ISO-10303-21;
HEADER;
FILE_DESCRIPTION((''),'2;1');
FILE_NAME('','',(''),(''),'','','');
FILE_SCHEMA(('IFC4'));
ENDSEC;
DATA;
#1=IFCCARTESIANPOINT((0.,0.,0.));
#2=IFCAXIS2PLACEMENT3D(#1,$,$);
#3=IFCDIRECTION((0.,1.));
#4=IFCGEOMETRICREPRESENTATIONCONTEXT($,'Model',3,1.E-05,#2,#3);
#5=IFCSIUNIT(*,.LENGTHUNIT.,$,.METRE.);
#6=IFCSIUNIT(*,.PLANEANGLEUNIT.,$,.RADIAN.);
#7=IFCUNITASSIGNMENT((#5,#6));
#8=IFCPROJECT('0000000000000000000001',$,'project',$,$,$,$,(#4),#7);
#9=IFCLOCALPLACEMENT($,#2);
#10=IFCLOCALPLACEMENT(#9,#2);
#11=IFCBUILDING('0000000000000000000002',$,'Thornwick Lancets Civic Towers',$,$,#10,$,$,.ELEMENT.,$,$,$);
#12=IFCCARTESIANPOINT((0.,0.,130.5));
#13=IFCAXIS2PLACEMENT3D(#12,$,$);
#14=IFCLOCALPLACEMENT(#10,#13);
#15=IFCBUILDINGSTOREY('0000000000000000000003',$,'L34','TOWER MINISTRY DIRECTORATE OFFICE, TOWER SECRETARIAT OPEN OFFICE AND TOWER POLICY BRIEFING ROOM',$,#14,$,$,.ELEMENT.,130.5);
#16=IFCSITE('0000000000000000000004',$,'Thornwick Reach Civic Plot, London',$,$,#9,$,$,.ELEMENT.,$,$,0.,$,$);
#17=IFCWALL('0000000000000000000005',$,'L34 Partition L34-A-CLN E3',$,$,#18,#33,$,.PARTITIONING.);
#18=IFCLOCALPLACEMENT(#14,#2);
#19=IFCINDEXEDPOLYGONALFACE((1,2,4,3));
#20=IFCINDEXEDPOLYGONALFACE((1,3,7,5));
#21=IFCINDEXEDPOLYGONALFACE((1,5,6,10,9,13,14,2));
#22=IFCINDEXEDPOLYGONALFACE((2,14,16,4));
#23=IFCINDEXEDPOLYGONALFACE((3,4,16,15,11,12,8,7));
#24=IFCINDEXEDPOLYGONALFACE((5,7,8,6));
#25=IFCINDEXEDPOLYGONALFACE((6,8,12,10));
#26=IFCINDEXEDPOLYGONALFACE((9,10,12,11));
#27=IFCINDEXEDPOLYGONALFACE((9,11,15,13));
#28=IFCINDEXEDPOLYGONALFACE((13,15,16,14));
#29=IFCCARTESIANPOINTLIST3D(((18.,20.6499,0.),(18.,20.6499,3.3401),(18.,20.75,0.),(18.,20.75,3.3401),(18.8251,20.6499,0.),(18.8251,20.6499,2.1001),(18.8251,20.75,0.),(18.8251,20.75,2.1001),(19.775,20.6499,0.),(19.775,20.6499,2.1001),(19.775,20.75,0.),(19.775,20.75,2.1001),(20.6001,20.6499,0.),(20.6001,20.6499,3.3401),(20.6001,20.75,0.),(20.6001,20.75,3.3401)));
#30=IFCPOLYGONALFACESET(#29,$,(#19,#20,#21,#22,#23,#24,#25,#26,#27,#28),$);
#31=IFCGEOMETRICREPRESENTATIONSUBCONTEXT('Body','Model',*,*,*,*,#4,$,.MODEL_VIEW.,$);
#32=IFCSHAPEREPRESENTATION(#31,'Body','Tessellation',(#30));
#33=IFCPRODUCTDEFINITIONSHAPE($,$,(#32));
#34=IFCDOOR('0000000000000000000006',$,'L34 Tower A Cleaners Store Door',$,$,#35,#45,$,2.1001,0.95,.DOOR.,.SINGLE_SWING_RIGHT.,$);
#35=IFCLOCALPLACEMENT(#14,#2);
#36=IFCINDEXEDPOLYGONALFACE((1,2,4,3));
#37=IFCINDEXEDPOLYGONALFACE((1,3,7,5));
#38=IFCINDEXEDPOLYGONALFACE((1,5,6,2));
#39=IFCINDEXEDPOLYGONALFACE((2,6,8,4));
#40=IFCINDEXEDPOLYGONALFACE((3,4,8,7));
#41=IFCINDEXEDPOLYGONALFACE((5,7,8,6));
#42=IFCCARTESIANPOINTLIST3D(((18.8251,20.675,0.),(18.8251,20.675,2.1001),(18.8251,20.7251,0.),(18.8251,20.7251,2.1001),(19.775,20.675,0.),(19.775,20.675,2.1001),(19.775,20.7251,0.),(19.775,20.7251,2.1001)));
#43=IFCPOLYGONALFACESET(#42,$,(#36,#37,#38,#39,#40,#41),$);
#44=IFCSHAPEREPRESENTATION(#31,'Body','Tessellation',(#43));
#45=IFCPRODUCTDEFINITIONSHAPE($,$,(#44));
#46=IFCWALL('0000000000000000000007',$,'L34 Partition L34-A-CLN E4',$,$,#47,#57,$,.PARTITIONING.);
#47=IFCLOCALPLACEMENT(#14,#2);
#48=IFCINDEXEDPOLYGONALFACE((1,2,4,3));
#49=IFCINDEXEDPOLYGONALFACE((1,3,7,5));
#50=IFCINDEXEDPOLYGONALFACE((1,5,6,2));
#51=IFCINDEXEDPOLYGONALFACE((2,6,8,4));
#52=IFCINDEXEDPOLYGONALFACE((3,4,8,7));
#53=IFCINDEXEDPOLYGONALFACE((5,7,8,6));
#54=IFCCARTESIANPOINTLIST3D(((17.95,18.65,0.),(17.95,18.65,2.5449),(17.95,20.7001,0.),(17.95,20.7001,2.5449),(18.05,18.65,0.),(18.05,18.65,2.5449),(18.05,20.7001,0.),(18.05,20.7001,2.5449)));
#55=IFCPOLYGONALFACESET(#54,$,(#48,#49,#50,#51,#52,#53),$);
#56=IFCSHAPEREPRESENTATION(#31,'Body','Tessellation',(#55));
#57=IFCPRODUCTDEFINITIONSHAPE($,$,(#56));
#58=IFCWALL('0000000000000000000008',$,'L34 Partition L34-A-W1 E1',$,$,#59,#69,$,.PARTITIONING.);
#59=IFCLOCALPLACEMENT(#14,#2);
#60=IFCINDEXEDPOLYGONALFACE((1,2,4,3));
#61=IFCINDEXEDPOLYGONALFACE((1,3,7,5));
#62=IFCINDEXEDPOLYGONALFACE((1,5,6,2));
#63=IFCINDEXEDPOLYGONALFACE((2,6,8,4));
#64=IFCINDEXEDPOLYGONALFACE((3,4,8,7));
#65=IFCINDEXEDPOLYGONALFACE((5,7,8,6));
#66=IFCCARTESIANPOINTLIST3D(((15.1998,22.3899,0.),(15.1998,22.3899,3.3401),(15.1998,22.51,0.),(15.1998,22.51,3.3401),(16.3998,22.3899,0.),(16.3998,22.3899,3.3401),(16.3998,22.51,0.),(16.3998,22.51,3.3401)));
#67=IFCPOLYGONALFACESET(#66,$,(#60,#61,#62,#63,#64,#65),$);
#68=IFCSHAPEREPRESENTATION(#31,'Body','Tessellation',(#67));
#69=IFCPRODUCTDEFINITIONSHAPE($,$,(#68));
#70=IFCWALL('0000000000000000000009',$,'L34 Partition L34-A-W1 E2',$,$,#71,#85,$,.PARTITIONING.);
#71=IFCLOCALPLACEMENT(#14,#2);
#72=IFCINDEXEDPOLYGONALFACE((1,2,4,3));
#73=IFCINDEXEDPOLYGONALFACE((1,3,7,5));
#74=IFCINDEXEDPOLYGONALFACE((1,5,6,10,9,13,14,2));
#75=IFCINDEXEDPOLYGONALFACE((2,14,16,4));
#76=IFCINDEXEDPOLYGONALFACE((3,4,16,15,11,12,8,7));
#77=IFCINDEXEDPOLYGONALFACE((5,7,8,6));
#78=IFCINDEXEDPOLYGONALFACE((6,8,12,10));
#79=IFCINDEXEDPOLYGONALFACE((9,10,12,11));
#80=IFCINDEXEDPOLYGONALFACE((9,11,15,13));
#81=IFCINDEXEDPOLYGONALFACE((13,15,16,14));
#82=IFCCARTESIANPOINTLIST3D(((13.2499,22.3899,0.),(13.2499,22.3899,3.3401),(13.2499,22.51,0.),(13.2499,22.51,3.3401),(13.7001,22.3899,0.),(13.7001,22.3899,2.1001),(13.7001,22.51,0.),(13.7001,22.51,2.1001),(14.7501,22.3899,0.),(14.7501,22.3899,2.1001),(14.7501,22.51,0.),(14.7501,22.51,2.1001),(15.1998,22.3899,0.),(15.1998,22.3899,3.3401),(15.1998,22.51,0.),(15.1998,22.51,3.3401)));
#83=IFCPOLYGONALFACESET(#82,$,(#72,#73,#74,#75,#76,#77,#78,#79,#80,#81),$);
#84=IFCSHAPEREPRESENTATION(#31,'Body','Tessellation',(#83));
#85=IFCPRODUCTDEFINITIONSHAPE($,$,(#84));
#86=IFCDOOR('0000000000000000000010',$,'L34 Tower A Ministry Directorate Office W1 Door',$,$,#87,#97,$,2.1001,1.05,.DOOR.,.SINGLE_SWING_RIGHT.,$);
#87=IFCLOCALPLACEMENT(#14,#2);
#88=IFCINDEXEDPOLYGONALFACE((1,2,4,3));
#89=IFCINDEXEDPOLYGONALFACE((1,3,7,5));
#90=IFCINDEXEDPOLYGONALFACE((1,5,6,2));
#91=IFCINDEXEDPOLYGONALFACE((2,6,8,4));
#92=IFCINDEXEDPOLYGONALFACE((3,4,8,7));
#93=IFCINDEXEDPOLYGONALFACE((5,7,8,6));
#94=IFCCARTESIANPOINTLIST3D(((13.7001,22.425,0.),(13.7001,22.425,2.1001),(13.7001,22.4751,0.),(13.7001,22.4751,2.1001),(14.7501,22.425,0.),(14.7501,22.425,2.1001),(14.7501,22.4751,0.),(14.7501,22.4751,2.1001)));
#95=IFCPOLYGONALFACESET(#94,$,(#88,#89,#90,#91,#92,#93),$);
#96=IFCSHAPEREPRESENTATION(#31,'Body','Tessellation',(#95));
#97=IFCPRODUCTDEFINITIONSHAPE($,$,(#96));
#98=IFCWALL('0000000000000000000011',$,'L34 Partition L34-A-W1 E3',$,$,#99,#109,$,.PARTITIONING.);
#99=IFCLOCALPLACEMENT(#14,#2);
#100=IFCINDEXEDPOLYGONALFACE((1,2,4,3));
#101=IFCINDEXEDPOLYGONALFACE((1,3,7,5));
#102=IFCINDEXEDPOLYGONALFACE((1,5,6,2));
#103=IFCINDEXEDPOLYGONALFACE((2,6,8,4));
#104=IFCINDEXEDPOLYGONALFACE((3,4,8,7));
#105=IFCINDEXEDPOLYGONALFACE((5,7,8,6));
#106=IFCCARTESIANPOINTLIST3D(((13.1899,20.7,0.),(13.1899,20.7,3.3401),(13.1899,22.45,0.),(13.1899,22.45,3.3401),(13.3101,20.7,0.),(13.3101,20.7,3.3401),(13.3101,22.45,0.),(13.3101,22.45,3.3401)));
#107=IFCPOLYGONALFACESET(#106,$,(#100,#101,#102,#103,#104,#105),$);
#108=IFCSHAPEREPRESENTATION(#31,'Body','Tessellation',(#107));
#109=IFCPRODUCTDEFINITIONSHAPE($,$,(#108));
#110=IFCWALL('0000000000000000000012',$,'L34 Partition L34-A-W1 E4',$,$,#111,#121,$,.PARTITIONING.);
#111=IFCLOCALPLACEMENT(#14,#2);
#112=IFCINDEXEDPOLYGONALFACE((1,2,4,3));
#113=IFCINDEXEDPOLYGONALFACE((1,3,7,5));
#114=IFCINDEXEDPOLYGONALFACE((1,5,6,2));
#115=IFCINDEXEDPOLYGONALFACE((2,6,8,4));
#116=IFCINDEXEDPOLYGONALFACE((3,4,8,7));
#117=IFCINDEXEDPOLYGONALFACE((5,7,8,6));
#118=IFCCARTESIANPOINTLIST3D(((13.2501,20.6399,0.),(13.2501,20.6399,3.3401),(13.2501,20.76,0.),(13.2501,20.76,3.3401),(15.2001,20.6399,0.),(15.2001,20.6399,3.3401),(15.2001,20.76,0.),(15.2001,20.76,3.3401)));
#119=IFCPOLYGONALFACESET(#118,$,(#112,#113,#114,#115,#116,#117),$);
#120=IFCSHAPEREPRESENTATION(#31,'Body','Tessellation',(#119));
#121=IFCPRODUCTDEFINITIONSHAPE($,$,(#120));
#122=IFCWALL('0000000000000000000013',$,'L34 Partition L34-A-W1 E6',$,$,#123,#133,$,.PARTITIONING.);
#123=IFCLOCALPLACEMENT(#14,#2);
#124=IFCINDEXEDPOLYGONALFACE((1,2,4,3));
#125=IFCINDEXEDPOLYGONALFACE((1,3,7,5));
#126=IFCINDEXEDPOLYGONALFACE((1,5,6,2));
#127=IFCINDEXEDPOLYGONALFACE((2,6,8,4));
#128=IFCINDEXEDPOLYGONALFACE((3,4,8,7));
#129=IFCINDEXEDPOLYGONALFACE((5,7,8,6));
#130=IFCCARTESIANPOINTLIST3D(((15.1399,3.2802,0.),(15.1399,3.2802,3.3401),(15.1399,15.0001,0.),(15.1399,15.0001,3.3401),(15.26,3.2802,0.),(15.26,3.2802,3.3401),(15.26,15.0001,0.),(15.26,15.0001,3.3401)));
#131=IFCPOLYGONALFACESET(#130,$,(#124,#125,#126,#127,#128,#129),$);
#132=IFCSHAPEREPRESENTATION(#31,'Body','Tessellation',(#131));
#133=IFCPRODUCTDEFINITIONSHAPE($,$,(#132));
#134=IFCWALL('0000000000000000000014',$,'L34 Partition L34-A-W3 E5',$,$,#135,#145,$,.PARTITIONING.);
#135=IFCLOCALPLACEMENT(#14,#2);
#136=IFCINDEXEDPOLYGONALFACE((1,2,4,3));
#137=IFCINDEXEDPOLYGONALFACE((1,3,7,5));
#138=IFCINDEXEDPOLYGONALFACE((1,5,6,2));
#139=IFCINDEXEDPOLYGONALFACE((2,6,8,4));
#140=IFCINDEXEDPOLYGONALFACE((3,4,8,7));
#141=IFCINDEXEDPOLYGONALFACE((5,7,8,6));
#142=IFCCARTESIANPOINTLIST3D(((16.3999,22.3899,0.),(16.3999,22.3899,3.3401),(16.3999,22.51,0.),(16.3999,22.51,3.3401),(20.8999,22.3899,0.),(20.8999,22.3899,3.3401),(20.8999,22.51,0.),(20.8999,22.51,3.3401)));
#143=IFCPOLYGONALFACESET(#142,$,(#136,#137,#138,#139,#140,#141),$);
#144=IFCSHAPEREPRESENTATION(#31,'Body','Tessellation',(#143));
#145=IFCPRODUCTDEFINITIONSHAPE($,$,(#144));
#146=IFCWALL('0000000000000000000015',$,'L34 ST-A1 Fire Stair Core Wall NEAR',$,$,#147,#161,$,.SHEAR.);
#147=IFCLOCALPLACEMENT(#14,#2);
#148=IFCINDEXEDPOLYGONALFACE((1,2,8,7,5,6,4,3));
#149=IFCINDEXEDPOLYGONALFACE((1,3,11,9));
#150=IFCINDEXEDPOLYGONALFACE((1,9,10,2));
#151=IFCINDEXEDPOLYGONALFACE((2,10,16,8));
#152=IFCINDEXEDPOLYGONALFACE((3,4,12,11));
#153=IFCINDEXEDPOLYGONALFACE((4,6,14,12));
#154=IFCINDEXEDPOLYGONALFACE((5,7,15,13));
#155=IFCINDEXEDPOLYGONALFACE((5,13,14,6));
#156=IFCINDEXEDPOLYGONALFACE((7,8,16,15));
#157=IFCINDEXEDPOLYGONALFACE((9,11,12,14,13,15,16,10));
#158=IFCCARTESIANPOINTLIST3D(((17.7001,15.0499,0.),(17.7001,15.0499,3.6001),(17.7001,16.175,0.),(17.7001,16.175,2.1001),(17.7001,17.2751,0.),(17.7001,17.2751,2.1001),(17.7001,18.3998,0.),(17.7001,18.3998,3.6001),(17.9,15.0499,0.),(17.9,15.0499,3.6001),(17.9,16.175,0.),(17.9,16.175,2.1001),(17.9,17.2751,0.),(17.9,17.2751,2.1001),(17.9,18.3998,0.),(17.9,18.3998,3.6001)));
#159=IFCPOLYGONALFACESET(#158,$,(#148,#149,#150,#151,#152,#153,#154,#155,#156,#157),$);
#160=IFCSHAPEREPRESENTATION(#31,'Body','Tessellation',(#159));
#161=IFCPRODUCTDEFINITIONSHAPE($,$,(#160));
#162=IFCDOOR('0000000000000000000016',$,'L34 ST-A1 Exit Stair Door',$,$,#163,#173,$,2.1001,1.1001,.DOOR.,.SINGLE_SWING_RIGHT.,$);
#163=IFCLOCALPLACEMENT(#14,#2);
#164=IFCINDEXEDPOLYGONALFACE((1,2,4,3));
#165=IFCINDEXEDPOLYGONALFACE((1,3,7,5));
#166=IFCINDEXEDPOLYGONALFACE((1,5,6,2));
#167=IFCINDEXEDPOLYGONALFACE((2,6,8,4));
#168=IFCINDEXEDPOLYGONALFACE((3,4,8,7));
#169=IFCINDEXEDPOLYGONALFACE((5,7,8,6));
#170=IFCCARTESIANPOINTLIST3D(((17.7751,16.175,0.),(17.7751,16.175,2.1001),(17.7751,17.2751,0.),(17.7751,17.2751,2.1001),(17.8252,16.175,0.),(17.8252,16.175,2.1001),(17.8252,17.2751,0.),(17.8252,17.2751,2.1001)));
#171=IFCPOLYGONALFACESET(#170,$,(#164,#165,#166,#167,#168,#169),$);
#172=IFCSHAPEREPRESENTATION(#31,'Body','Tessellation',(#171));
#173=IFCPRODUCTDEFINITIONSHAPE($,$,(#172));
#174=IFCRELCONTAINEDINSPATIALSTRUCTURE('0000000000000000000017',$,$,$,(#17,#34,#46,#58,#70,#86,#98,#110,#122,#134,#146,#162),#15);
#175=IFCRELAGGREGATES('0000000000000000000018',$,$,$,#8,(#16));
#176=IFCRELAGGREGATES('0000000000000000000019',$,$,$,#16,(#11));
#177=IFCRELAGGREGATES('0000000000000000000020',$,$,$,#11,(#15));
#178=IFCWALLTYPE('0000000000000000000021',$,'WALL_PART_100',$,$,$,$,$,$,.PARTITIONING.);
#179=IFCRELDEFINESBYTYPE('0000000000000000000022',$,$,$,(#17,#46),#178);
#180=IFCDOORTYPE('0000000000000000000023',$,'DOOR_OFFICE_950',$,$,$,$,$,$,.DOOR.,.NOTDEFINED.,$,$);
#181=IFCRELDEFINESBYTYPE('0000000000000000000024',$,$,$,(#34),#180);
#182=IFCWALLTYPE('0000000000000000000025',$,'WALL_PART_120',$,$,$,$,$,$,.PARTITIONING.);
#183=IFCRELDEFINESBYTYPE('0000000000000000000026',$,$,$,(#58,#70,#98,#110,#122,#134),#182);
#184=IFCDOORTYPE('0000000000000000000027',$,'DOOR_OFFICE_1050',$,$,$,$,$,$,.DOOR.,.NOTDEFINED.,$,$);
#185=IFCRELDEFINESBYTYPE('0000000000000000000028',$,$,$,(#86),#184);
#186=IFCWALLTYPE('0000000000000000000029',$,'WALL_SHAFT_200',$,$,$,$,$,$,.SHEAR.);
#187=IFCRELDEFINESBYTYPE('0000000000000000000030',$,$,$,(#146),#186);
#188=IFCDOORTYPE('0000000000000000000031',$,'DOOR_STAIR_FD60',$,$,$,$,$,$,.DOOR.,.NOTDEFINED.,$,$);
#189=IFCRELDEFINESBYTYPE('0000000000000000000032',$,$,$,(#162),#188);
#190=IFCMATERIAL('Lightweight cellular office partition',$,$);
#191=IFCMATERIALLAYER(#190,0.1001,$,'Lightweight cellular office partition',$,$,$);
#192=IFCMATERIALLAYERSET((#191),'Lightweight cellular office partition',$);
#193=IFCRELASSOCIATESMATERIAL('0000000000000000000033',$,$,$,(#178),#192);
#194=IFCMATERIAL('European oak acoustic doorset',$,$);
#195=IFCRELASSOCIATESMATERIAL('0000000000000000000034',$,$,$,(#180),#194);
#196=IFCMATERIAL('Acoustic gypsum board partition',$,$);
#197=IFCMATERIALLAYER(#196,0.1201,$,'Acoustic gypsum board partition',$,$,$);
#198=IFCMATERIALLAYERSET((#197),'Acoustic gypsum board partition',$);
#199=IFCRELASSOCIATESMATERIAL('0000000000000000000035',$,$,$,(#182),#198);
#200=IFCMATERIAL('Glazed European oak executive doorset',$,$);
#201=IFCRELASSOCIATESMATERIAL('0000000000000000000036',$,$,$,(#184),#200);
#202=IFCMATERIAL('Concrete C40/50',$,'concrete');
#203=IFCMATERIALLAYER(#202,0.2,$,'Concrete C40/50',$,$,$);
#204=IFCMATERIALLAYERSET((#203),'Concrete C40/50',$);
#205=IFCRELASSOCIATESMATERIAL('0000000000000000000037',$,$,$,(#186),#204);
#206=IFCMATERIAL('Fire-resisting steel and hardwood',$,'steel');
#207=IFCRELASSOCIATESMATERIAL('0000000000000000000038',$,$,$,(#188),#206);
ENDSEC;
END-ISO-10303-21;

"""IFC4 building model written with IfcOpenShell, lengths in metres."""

from ifc_helpers import new_model, si_unit, direction, frame, frame_2d, origin, place, context, subcontext, project, spatial, rectangle, extrude, material, layer, layer_set, type_object, element, fill, save


model = new_model("IFC4")

# Units and contexts
model_context = context("Model", 3, precision=1e-05, world=origin(), true_north=direction((0.0, 1.0)))
body_context = subcontext(model_context, "Body", "Model", "MODEL_VIEW")
ifc_project = project(units=[si_unit("LENGTHUNIT", "METRE"), si_unit("PLANEANGLEUNIT", "RADIAN")], contexts=[model_context])

# Site, building, storey
site_placement = place(None, origin())
site = spatial("IfcSite", under=ifc_project, at=site_placement, Name="Thornwick Reach Civic Plot, London", CompositionType="ELEMENT", RefElevation=0.0)
building_placement = place(site_placement, origin())
building = spatial("IfcBuilding", under=site, at=building_placement, Name="Thornwick Lancets Civic Towers", CompositionType="ELEMENT")
storey_placement = place(building_placement, frame((0.0, 0.0, 130.5)))
storey = spatial("IfcBuildingStorey", under=building, at=storey_placement, Name="L34", Description="TOWER MINISTRY DIRECTORATE OFFICE, TOWER SECRETARIAT OPEN OFFICE AND TOWER POLICY BRIEFING ROOM", CompositionType="ELEMENT", Elevation=130.5)

# Shared definitions
ifc_material_1 = material(Name="Lightweight cellular office partition")
ifc_layer_1 = layer(ifc_material_1, 0.1001, Name="Lightweight cellular office partition")
ifc_layer_set_1 = layer_set([ifc_layer_1], Name="Lightweight cellular office partition")
wall_type_1 = type_object("IfcWallType", Name="WALL_PART_100", PredefinedType="PARTITIONING", material=ifc_layer_set_1)

# Wall, opening, door
wall_1_placement = place(storey_placement, frame((20.6001, 20.7, 0.0), z_axis=(0.0, 0.0, 1.0), x_axis=(-1.0, 0.0, 0.0)))
wall_1 = element("IfcWall", 1, at=wall_1_placement, inside=storey, type_object=wall_type_1, Name="L34 Partition L34-A-CLN E3", PredefinedType="PARTITIONING", context=body_context, shape_type="SweptSolid", body=[
    extrude(rectangle(XDim=2.6001, YDim=0.1001, at=frame_2d((1.3, 0.0))), origin(), (0.0, 0.0, 1.0), 3.3401),
])
opening_1_placement = place(wall_1_placement, frame((0.825, 0.0, 0.0)))
opening_1 = element("IfcOpeningElement", 2, at=opening_1_placement, cuts=wall_1, PredefinedType="OPENING", context=body_context, shape_type="SweptSolid", body=[
    extrude(rectangle(XDim=0.95, YDim=2.1001, at=frame_2d((0.4751, 1.05))), frame((0.0, 0.0601, 0.0), z_axis=(0.0, -1.0, 0.0), x_axis=(1.0, 0.0, 0.0)), (0.0, 0.0, 1.0), 0.1201),
])
ifc_material_2 = material(Name="European oak acoustic doorset")
door_type_1 = type_object("IfcDoorType", Name="DOOR_OFFICE_950", OperationType="NOTDEFINED", PredefinedType="DOOR", material=ifc_material_2)
door_1_placement = place(opening_1_placement, origin())
door_1 = element("IfcDoor", 3, at=door_1_placement, inside=storey, type_object=door_type_1, Name="L34 Tower A Cleaners Store Door", OperationType="SINGLE_SWING_RIGHT", OverallHeight=2.1001, OverallWidth=0.95, PredefinedType="DOOR", context=body_context, shape_type="SweptSolid", body=[
    extrude(rectangle(XDim=0.95, YDim=2.1001, at=frame_2d((0.4751, 1.05))), frame((0.0, 0.0249, 0.0), z_axis=(0.0, -1.0, 0.0), x_axis=(1.0, 0.0, 0.0)), (0.0, 0.0, 1.0), 0.05),
])
fill(opening_1, door_1)

# Walls
wall_2_placement = place(storey_placement, frame((18.0, 20.7, 0.0), z_axis=(0.0, 0.0, 1.0), x_axis=(0.0, -1.0, 0.0)))
element("IfcWall", 4, at=wall_2_placement, inside=storey, type_object=wall_type_1, Name="L34 Partition L34-A-CLN E4", PredefinedType="PARTITIONING", context=body_context, shape_type="SweptSolid", body=[
    extrude(rectangle(XDim=2.05, YDim=0.1001, at=frame_2d((1.0249, 0.0))), origin(), (0.0, 0.0, 1.0), 2.5449),
])
ifc_material_3 = material(Name="Acoustic gypsum board partition")
ifc_layer_2 = layer(ifc_material_3, 0.1201, Name="Acoustic gypsum board partition")
ifc_layer_set_2 = layer_set([ifc_layer_2], Name="Acoustic gypsum board partition")
wall_type_2 = type_object("IfcWallType", Name="WALL_PART_120", PredefinedType="PARTITIONING", material=ifc_layer_set_2)
wall_3_placement = place(storey_placement, frame((16.3999, 22.45, 0.0), z_axis=(0.0, 0.0, 1.0), x_axis=(-1.0, 0.0, 0.0)))
element("IfcWall", 5, at=wall_3_placement, inside=storey, type_object=wall_type_2, Name="L34 Partition L34-A-W1 E1", PredefinedType="PARTITIONING", context=body_context, shape_type="SweptSolid", body=[
    extrude(rectangle(XDim=1.2, YDim=0.1201, at=frame_2d((0.6001, 0.0))), origin(), (0.0, 0.0, 1.0), 3.3401),
])

# Wall, opening, door
wall_4_placement = place(storey_placement, frame((15.2, 22.45, 0.0), z_axis=(0.0, 0.0, 1.0), x_axis=(-1.0, 0.0, 0.0)))
wall_4 = element("IfcWall", 6, at=wall_4_placement, inside=storey, type_object=wall_type_2, Name="L34 Partition L34-A-W1 E2", PredefinedType="PARTITIONING", context=body_context, shape_type="SweptSolid", body=[
    extrude(rectangle(XDim=1.95, YDim=0.1201, at=frame_2d((0.9751, 0.0))), origin(), (0.0, 0.0, 1.0), 3.3401),
])
opening_2_placement = place(wall_4_placement, frame((0.45, 0.0, 0.0)))
opening_2 = element("IfcOpeningElement", 7, at=opening_2_placement, cuts=wall_4, PredefinedType="OPENING", context=body_context, shape_type="SweptSolid", body=[
    extrude(rectangle(XDim=1.05, YDim=2.1001, at=frame_2d((0.5249, 1.05))), frame((0.0, 0.0701, 0.0), z_axis=(0.0, -1.0, 0.0), x_axis=(1.0, 0.0, 0.0)), (0.0, 0.0, 1.0), 0.1401),
])
ifc_material_4 = material(Name="Glazed European oak executive doorset")
door_type_2 = type_object("IfcDoorType", Name="DOOR_OFFICE_1050", OperationType="NOTDEFINED", PredefinedType="DOOR", material=ifc_material_4)
door_2_placement = place(opening_2_placement, origin())
door_2 = element("IfcDoor", 8, at=door_2_placement, inside=storey, type_object=door_type_2, Name="L34 Tower A Ministry Directorate Office W1 Door", OperationType="SINGLE_SWING_RIGHT", OverallHeight=2.1001, OverallWidth=1.05, PredefinedType="DOOR", context=body_context, shape_type="SweptSolid", body=[
    extrude(rectangle(XDim=1.05, YDim=2.1001, at=frame_2d((0.5249, 1.05))), frame((0.0, 0.0249, 0.0), z_axis=(0.0, -1.0, 0.0), x_axis=(1.0, 0.0, 0.0)), (0.0, 0.0, 1.0), 0.05),
])
fill(opening_2, door_2)

# Walls
wall_5_placement = place(storey_placement, frame((13.25, 22.45, 0.0), z_axis=(0.0, 0.0, 1.0), x_axis=(0.0, -1.0, 0.0)))
element("IfcWall", 9, at=wall_5_placement, inside=storey, type_object=wall_type_2, Name="L34 Partition L34-A-W1 E3", PredefinedType="PARTITIONING", context=body_context, shape_type="SweptSolid", body=[
    extrude(rectangle(XDim=1.75, YDim=0.1201, at=frame_2d((0.875, 0.0))), origin(), (0.0, 0.0, 1.0), 3.3401),
])
wall_6_placement = place(storey_placement, frame((13.25, 20.7, 0.0), z_axis=(0.0, 0.0, 1.0), x_axis=(1.0, 0.0, 0.0)))
element("IfcWall", 10, at=wall_6_placement, inside=storey, type_object=wall_type_2, Name="L34 Partition L34-A-W1 E4", PredefinedType="PARTITIONING", context=body_context, shape_type="SweptSolid", body=[
    extrude(rectangle(XDim=1.95, YDim=0.1201, at=frame_2d((0.9751, 0.0))), origin(), (0.0, 0.0, 1.0), 3.3401),
])
wall_7_placement = place(storey_placement, frame((15.2, 15.0, 0.0), z_axis=(0.0, 0.0, 1.0), x_axis=(0.0, -1.0, 0.0)))
element("IfcWall", 11, at=wall_7_placement, inside=storey, type_object=wall_type_2, Name="L34 Partition L34-A-W1 E6", PredefinedType="PARTITIONING", context=body_context, shape_type="SweptSolid", body=[
    extrude(rectangle(XDim=11.72, YDim=0.1201, at=frame_2d((5.8599, 0.0))), origin(), (0.0, 0.0, 1.0), 3.3401),
])
wall_8_placement = place(storey_placement, frame((20.8999, 22.45, 0.0), z_axis=(0.0, 0.0, 1.0), x_axis=(-1.0, 0.0, 0.0)))
element("IfcWall", 12, at=wall_8_placement, inside=storey, type_object=wall_type_2, Name="L34 Partition L34-A-W3 E5", PredefinedType="PARTITIONING", context=body_context, shape_type="SweptSolid", body=[
    extrude(rectangle(XDim=4.5, YDim=0.1201, at=frame_2d((2.25, 0.0))), origin(), (0.0, 0.0, 1.0), 3.3401),
])

# Wall, opening, door
ifc_material_5 = material(Name="Concrete C40/50", Category="concrete")
ifc_layer_3 = layer(ifc_material_5, 0.2, Name="Concrete C40/50")
ifc_layer_set_3 = layer_set([ifc_layer_3], Name="Concrete C40/50")
wall_type_3 = type_object("IfcWallType", Name="WALL_SHAFT_200", PredefinedType="SHEAR", material=ifc_layer_set_3)
wall_9_placement = place(storey_placement, frame((17.8, 15.05, 0.0), z_axis=(0.0, 0.0, 1.0), x_axis=(0.0, 1.0, 0.0)))
wall_9 = element("IfcWall", 13, at=wall_9_placement, inside=storey, type_object=wall_type_3, Name="L34 ST-A1 Fire Stair Core Wall NEAR", PredefinedType="SHEAR", context=body_context, shape_type="SweptSolid", body=[
    extrude(rectangle(XDim=3.3499, YDim=0.2, at=frame_2d((1.6748, 0.0))), origin(), (0.0, 0.0, 1.0), 3.6001),
])
opening_3_placement = place(wall_9_placement, frame((1.125, 0.0, 0.0)))
opening_3 = element("IfcOpeningElement", 14, at=opening_3_placement, cuts=wall_9, PredefinedType="OPENING", context=body_context, shape_type="SweptSolid", body=[
    extrude(rectangle(XDim=1.1001, YDim=2.1001, at=frame_2d((0.55, 1.05))), frame((0.0, 0.1099, 0.0), z_axis=(0.0, -1.0, 0.0), x_axis=(1.0, 0.0, 0.0)), (0.0, 0.0, 1.0), 0.22),
])
ifc_material_6 = material(Name="Fire-resisting steel and hardwood", Category="steel")
door_type_3 = type_object("IfcDoorType", Name="DOOR_STAIR_FD60", OperationType="NOTDEFINED", PredefinedType="DOOR", material=ifc_material_6)
door_3_placement = place(opening_3_placement, origin())
door_3 = element("IfcDoor", 15, at=door_3_placement, inside=storey, type_object=door_type_3, Name="L34 ST-A1 Exit Stair Door", OperationType="SINGLE_SWING_RIGHT", OverallHeight=2.1001, OverallWidth=1.1001, PredefinedType="DOOR", context=body_context, shape_type="SweptSolid", body=[
    extrude(rectangle(XDim=1.1001, YDim=2.1001, at=frame_2d((0.55, 1.05))), frame((0.0, 0.0249, 0.0), z_axis=(0.0, -1.0, 0.0), x_axis=(1.0, 0.0, 0.0)), (0.0, 0.0, 1.0), 0.05),
])
fill(opening_3, door_3)

save(model, "model.ifc")
